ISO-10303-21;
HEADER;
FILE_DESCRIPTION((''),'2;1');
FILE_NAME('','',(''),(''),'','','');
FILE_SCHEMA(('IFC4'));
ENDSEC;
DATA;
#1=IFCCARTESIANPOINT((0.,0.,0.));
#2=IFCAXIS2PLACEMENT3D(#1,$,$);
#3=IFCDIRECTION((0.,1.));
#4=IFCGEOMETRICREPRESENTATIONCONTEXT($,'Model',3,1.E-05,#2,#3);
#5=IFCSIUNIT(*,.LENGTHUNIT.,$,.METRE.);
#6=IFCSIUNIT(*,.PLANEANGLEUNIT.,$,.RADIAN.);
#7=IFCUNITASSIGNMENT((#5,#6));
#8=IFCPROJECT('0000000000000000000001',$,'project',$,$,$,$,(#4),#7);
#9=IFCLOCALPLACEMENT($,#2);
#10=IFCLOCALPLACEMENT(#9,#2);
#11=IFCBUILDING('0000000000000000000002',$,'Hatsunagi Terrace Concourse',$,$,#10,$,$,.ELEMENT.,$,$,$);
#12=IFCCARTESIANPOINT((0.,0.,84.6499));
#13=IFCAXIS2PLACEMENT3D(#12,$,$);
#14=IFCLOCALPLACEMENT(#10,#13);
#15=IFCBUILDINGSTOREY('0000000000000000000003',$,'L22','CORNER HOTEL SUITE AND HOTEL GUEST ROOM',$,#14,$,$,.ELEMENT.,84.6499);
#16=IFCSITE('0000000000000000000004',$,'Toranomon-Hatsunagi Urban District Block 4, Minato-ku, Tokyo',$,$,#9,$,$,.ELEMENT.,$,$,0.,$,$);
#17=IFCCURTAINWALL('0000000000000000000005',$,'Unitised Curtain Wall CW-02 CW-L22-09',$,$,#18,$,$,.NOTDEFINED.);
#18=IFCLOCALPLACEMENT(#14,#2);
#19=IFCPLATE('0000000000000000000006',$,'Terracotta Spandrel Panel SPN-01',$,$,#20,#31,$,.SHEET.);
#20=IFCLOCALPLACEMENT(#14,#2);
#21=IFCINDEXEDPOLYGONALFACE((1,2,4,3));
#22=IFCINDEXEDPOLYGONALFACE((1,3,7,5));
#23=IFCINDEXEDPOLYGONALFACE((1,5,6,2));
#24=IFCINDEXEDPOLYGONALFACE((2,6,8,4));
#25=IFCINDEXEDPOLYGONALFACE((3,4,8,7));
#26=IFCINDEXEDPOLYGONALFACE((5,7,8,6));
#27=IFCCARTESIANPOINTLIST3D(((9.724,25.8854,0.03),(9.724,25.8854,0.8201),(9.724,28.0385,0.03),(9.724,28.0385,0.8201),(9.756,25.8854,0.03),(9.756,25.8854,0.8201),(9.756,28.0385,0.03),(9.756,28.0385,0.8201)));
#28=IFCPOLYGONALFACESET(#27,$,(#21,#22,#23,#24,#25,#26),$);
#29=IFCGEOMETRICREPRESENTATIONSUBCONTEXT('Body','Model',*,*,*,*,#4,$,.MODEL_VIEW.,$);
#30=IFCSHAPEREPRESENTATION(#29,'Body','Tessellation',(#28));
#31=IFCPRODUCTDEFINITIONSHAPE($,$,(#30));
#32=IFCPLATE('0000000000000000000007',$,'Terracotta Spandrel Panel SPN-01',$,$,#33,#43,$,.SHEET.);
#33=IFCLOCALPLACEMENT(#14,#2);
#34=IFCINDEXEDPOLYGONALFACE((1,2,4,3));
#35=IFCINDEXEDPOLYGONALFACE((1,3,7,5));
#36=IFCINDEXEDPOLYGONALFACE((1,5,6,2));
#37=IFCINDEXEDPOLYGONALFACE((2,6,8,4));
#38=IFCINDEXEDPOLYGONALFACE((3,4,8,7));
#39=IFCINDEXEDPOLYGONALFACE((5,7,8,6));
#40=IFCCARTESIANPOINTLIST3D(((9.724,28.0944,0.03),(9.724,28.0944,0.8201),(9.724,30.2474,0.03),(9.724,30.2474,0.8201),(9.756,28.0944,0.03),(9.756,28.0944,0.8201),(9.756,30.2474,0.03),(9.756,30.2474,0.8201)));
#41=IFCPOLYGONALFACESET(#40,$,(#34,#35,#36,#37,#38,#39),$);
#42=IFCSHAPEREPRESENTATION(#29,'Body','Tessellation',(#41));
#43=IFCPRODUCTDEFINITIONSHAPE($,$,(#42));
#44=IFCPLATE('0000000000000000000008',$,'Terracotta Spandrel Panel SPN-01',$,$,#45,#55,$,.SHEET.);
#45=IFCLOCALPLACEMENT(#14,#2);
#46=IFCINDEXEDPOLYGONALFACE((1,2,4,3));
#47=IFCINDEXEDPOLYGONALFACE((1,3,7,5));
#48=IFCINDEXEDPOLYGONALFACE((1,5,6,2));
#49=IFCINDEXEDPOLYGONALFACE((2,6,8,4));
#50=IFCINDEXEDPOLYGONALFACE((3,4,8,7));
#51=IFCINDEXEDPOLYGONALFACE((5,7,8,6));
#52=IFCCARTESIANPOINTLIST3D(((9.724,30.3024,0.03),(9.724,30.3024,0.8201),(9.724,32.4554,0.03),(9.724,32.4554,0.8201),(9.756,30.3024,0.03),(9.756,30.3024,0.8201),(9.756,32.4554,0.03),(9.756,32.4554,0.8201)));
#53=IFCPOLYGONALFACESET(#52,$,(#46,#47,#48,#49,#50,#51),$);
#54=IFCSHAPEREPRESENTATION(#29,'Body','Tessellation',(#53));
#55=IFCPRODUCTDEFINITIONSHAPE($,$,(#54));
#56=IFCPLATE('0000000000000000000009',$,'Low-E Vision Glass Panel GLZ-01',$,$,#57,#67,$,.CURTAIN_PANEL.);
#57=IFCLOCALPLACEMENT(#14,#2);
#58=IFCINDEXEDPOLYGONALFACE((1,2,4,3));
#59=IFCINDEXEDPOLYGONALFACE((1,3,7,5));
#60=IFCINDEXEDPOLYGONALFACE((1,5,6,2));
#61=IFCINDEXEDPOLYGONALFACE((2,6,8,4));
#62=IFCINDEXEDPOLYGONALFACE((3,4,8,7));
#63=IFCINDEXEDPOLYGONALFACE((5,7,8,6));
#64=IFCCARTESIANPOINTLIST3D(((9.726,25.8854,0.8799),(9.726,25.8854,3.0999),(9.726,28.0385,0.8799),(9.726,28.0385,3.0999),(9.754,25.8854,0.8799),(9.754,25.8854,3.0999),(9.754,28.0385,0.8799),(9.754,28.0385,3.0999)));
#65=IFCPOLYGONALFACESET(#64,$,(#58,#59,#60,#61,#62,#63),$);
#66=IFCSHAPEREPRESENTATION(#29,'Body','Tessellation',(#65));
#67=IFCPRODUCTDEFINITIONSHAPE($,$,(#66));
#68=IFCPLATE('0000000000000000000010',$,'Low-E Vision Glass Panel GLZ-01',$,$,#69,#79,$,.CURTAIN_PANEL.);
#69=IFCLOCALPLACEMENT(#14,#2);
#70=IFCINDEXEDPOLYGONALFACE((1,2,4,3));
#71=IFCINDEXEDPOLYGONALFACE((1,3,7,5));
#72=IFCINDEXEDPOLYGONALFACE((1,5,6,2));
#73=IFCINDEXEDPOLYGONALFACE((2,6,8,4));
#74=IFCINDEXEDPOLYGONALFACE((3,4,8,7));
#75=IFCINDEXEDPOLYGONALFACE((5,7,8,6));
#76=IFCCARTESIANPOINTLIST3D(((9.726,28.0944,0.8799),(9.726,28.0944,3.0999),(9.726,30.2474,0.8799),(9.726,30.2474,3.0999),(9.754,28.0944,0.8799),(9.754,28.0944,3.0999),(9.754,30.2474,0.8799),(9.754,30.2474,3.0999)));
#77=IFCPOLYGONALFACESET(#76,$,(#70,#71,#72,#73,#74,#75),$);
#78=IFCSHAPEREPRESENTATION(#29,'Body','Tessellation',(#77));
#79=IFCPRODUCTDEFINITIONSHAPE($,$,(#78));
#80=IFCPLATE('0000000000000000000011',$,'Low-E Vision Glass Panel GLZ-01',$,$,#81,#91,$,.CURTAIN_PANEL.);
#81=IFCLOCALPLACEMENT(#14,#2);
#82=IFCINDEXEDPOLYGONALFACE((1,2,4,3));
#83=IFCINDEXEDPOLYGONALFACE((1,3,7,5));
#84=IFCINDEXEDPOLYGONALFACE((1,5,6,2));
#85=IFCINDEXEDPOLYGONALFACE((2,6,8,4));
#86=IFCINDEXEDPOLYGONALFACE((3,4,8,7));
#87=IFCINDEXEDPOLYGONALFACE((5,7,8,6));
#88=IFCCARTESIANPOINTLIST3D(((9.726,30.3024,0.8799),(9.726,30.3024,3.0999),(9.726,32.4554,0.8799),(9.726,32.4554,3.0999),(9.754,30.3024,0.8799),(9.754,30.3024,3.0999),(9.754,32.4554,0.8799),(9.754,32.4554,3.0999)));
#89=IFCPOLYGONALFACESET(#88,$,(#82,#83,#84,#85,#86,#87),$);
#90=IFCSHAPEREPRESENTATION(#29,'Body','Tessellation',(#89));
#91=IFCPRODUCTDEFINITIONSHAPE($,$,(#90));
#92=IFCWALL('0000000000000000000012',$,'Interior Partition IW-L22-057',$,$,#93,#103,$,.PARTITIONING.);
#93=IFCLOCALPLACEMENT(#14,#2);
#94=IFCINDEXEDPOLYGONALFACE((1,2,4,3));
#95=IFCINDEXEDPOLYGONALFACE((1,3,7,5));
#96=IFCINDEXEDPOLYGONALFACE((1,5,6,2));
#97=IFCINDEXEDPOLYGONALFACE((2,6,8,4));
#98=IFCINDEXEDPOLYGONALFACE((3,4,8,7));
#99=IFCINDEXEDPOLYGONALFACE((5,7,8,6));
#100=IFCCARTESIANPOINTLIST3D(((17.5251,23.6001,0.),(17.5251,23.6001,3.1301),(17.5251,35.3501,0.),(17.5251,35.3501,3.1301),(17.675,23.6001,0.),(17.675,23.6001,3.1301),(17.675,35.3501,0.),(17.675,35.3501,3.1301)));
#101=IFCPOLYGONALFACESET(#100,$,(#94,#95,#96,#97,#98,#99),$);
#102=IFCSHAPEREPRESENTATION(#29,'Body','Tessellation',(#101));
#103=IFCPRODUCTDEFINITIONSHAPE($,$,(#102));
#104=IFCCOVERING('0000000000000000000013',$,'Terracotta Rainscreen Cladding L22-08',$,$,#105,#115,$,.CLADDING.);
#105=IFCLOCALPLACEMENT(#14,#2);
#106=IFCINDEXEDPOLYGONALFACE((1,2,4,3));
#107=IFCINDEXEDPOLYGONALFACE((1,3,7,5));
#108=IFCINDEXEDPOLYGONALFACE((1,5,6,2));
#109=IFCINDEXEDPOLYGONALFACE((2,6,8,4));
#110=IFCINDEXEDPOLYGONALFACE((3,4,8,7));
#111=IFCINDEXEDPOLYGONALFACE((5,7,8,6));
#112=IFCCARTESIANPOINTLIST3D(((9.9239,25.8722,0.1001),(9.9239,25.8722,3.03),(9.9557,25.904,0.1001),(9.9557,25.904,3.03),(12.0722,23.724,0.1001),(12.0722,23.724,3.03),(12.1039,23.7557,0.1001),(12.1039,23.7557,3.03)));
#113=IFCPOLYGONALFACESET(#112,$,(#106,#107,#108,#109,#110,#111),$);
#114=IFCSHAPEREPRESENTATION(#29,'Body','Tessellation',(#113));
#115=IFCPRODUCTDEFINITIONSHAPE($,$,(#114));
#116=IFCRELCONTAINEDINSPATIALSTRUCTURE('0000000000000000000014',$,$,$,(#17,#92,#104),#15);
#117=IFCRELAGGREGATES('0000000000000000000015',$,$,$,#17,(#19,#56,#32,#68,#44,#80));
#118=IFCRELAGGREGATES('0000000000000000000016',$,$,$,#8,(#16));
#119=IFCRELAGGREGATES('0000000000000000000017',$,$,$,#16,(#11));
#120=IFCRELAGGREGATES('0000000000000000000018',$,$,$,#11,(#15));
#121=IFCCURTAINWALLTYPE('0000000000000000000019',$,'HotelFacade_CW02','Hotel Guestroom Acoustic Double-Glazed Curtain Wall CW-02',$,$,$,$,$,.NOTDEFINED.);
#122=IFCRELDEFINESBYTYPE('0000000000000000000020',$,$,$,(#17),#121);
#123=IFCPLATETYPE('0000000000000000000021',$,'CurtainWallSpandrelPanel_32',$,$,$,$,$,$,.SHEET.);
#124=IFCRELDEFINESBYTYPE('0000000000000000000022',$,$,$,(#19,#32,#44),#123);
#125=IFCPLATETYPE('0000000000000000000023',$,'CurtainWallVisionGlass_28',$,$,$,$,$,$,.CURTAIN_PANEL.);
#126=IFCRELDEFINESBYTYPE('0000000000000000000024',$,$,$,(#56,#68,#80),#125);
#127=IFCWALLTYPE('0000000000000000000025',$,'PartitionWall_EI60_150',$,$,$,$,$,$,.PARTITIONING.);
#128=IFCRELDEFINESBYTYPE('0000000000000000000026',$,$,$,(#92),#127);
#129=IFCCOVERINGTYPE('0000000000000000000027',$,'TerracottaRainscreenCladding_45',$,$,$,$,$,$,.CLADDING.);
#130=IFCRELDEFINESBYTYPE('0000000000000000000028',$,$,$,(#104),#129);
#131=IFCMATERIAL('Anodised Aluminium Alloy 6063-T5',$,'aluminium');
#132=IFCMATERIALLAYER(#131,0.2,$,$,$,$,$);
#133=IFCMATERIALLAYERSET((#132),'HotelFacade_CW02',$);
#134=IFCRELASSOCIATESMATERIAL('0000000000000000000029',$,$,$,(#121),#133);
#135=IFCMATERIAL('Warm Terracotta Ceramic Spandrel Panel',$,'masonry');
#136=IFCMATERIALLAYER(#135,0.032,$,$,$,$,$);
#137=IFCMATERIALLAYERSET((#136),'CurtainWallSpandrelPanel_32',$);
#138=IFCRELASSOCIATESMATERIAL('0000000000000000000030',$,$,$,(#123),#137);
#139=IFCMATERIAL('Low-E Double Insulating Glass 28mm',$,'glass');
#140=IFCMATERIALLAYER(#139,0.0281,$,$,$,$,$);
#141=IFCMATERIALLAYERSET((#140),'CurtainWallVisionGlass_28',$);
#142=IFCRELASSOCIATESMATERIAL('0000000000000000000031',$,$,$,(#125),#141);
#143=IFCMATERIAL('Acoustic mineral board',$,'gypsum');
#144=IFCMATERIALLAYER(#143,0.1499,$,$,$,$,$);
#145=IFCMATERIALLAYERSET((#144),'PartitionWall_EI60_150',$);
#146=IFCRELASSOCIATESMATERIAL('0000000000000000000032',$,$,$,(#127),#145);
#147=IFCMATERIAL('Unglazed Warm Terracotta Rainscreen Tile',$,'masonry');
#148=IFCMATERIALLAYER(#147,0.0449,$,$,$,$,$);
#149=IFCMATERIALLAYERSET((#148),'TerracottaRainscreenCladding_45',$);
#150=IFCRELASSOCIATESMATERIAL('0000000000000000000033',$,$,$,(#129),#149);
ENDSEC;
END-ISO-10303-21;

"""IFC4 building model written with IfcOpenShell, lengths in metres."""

from ifc_helpers import new_model, si_unit, direction, frame, frame_2d, origin, origin_2d, place, context, subcontext, project, spatial, rectangle, extrude, material, layer, layer_set, type_object, element, aggregate, save


model = new_model("IFC4")

# Units and contexts
model_context = context("Model", 3, precision=1e-05, world=origin(), true_north=direction((0.0, 1.0)))
body_context = subcontext(model_context, "Body", "Model", "MODEL_VIEW")
ifc_project = project(units=[si_unit("LENGTHUNIT", "METRE"), si_unit("PLANEANGLEUNIT", "RADIAN")], contexts=[model_context])

# Site, building, storey
site_placement = place(None, origin())
site = spatial("IfcSite", under=ifc_project, at=site_placement, Name="Toranomon-Hatsunagi Urban District Block 4, Minato-ku, Tokyo", CompositionType="ELEMENT", RefElevation=0.0)
building_placement = place(site_placement, origin())
building = spatial("IfcBuilding", under=site, at=building_placement, Name="Hatsunagi Terrace Concourse", CompositionType="ELEMENT")
storey_placement = place(building_placement, frame((0.0, 0.0, 84.6499)))
storey = spatial("IfcBuildingStorey", under=building, at=storey_placement, Name="L22", Description="CORNER HOTEL SUITE AND HOTEL GUEST ROOM", CompositionType="ELEMENT", Elevation=84.6499)

# Curtain wall
ifc_material_1 = material(Name="Anodised Aluminium Alloy 6063-T5", Category="aluminium")
ifc_layer_1 = layer(ifc_material_1, 0.2)
ifc_layer_set_1 = layer_set([ifc_layer_1], Name="HotelFacade_CW02")
curtain_wall_type = type_object("IfcCurtainWallType", Name="HotelFacade_CW02", Description="Hotel Guestroom Acoustic Double-Glazed Curtain Wall CW-02", PredefinedType="NOTDEFINED", material=ifc_layer_set_1)
curtain_wall_placement = place(storey_placement, origin())
curtain_wall = element("IfcCurtainWall", 1, at=curtain_wall_placement, inside=storey, type_object=curtain_wall_type, Name="Unitised Curtain Wall CW-02 CW-L22-09", PredefinedType="NOTDEFINED")

# Plates
ifc_material_2 = material(Name="Warm Terracotta Ceramic Spandrel Panel", Category="masonry")
ifc_layer_2 = layer(ifc_material_2, 0.032)
ifc_layer_set_2 = layer_set([ifc_layer_2], Name="CurtainWallSpandrelPanel_32")
plate_type_1 = type_object("IfcPlateType", Name="CurtainWallSpandrelPanel_32", PredefinedType="SHEET", material=ifc_layer_set_2)
plate_1_placement = place(storey_placement, frame((9.74, 26.9619, 0.03), z_axis=(0.0, 0.0, 1.0), x_axis=(0.0, 1.0, 0.0)))
plate_1 = element("IfcPlate", 2, at=plate_1_placement, type_object=plate_type_1, Name="Terracotta Spandrel Panel SPN-01", PredefinedType="SHEET", context=body_context, shape_type="SweptSolid", body=[
    extrude(rectangle(XDim=2.1531, YDim=0.032, at=origin_2d()), origin(), (0.0, 0.0, 1.0), 0.79),
])
plate_2_placement = place(storey_placement, frame((9.74, 29.1709, 0.03), z_axis=(0.0, 0.0, 1.0), x_axis=(0.0, 1.0, 0.0)))
plate_2 = element("IfcPlate", 3, at=plate_2_placement, type_object=plate_type_1, Name="Terracotta Spandrel Panel SPN-01", PredefinedType="SHEET", context=body_context, shape_type="SweptSolid", body=[
    extrude(rectangle(XDim=2.1531, YDim=0.032, at=origin_2d()), origin(), (0.0, 0.0, 1.0), 0.79),
])
plate_3_placement = place(storey_placement, frame((9.74, 31.3789, 0.03), z_axis=(0.0, 0.0, 1.0), x_axis=(0.0, 1.0, 0.0)))
plate_3 = element("IfcPlate", 4, at=plate_3_placement, type_object=plate_type_1, Name="Terracotta Spandrel Panel SPN-01", PredefinedType="SHEET", context=body_context, shape_type="SweptSolid", body=[
    extrude(rectangle(XDim=2.1531, YDim=0.032, at=origin_2d()), origin(), (0.0, 0.0, 1.0), 0.79),
])
ifc_material_3 = material(Name="Low-E Double Insulating Glass 28mm", Category="glass")
ifc_layer_3 = layer(ifc_material_3, 0.0281)
ifc_layer_set_3 = layer_set([ifc_layer_3], Name="CurtainWallVisionGlass_28")
plate_type_2 = type_object("IfcPlateType", Name="CurtainWallVisionGlass_28", PredefinedType="CURTAIN_PANEL", material=ifc_layer_set_3)
plate_4_placement = place(storey_placement, frame((9.74, 26.9619, 0.8799), z_axis=(0.0, 0.0, 1.0), x_axis=(0.0, 1.0, 0.0)))
plate_4 = element("IfcPlate", 5, at=plate_4_placement, type_object=plate_type_2, Name="Low-E Vision Glass Panel GLZ-01", PredefinedType="CURTAIN_PANEL", context=body_context, shape_type="SweptSolid", body=[
    extrude(rectangle(XDim=2.1531, YDim=0.0281, at=origin_2d()), origin(), (0.0, 0.0, 1.0), 2.22),
])
plate_5_placement = place(storey_placement, frame((9.74, 29.1709, 0.8799), z_axis=(0.0, 0.0, 1.0), x_axis=(0.0, 1.0, 0.0)))
plate_5 = element("IfcPlate", 6, at=plate_5_placement, type_object=plate_type_2, Name="Low-E Vision Glass Panel GLZ-01", PredefinedType="CURTAIN_PANEL", context=body_context, shape_type="SweptSolid", body=[
    extrude(rectangle(XDim=2.1531, YDim=0.0281, at=origin_2d()), origin(), (0.0, 0.0, 1.0), 2.22),
])
plate_6_placement = place(storey_placement, frame((9.74, 31.3789, 0.8799), z_axis=(0.0, 0.0, 1.0), x_axis=(0.0, 1.0, 0.0)))
plate_6 = element("IfcPlate", 7, at=plate_6_placement, type_object=plate_type_2, Name="Low-E Vision Glass Panel GLZ-01", PredefinedType="CURTAIN_PANEL", context=body_context, shape_type="SweptSolid", body=[
    extrude(rectangle(XDim=2.1531, YDim=0.0281, at=origin_2d()), origin(), (0.0, 0.0, 1.0), 2.22),
])
aggregate(curtain_wall, [plate_1, plate_4, plate_2, plate_5, plate_3, plate_6])

# Wall
ifc_material_4 = material(Name="Acoustic mineral board", Category="gypsum")
ifc_layer_4 = layer(ifc_material_4, 0.1499)
ifc_layer_set_4 = layer_set([ifc_layer_4], Name="PartitionWall_EI60_150")
wall_type = type_object("IfcWallType", Name="PartitionWall_EI60_150", PredefinedType="PARTITIONING", material=ifc_layer_set_4)
wall_placement = place(storey_placement, frame((17.6001, 23.6001, 0.0), z_axis=(0.0, 0.0, 1.0), x_axis=(0.0, 1.0, 0.0)))
element("IfcWall", 8, at=wall_placement, inside=storey, type_object=wall_type, Name="Interior Partition IW-L22-057", PredefinedType="PARTITIONING", context=body_context, shape_type="SweptSolid", body=[
    extrude(rectangle(XDim=11.75, YDim=0.1499, at=frame_2d((5.875, 0.0))), origin(), (0.0, 0.0, 1.0), 3.1301),
])

# Covering
ifc_material_5 = material(Name="Unglazed Warm Terracotta Rainscreen Tile", Category="masonry")
ifc_layer_5 = layer(ifc_material_5, 0.0449)
ifc_layer_set_5 = layer_set([ifc_layer_5], Name="TerracottaRainscreenCladding_45")
covering_type = type_object("IfcCoveringType", Name="TerracottaRainscreenCladding_45", PredefinedType="CLADDING", material=ifc_layer_set_5)
covering_placement = place(storey_placement, frame((11.0139, 24.814, 0.1001), z_axis=(0.0, 0.0, 1.0), x_axis=(-0.707107, 0.707107, 0.0)))
element("IfcCovering", 9, at=covering_placement, inside=storey, type_object=covering_type, Name="Terracotta Rainscreen Cladding L22-08", PredefinedType="CLADDING", context=body_context, shape_type="SweptSolid", body=[
    extrude(rectangle(XDim=3.0381, YDim=0.0449, at=origin_2d()), origin(), (0.0, 0.0, 1.0), 2.9299),
])

save(model, "model.ifc")
